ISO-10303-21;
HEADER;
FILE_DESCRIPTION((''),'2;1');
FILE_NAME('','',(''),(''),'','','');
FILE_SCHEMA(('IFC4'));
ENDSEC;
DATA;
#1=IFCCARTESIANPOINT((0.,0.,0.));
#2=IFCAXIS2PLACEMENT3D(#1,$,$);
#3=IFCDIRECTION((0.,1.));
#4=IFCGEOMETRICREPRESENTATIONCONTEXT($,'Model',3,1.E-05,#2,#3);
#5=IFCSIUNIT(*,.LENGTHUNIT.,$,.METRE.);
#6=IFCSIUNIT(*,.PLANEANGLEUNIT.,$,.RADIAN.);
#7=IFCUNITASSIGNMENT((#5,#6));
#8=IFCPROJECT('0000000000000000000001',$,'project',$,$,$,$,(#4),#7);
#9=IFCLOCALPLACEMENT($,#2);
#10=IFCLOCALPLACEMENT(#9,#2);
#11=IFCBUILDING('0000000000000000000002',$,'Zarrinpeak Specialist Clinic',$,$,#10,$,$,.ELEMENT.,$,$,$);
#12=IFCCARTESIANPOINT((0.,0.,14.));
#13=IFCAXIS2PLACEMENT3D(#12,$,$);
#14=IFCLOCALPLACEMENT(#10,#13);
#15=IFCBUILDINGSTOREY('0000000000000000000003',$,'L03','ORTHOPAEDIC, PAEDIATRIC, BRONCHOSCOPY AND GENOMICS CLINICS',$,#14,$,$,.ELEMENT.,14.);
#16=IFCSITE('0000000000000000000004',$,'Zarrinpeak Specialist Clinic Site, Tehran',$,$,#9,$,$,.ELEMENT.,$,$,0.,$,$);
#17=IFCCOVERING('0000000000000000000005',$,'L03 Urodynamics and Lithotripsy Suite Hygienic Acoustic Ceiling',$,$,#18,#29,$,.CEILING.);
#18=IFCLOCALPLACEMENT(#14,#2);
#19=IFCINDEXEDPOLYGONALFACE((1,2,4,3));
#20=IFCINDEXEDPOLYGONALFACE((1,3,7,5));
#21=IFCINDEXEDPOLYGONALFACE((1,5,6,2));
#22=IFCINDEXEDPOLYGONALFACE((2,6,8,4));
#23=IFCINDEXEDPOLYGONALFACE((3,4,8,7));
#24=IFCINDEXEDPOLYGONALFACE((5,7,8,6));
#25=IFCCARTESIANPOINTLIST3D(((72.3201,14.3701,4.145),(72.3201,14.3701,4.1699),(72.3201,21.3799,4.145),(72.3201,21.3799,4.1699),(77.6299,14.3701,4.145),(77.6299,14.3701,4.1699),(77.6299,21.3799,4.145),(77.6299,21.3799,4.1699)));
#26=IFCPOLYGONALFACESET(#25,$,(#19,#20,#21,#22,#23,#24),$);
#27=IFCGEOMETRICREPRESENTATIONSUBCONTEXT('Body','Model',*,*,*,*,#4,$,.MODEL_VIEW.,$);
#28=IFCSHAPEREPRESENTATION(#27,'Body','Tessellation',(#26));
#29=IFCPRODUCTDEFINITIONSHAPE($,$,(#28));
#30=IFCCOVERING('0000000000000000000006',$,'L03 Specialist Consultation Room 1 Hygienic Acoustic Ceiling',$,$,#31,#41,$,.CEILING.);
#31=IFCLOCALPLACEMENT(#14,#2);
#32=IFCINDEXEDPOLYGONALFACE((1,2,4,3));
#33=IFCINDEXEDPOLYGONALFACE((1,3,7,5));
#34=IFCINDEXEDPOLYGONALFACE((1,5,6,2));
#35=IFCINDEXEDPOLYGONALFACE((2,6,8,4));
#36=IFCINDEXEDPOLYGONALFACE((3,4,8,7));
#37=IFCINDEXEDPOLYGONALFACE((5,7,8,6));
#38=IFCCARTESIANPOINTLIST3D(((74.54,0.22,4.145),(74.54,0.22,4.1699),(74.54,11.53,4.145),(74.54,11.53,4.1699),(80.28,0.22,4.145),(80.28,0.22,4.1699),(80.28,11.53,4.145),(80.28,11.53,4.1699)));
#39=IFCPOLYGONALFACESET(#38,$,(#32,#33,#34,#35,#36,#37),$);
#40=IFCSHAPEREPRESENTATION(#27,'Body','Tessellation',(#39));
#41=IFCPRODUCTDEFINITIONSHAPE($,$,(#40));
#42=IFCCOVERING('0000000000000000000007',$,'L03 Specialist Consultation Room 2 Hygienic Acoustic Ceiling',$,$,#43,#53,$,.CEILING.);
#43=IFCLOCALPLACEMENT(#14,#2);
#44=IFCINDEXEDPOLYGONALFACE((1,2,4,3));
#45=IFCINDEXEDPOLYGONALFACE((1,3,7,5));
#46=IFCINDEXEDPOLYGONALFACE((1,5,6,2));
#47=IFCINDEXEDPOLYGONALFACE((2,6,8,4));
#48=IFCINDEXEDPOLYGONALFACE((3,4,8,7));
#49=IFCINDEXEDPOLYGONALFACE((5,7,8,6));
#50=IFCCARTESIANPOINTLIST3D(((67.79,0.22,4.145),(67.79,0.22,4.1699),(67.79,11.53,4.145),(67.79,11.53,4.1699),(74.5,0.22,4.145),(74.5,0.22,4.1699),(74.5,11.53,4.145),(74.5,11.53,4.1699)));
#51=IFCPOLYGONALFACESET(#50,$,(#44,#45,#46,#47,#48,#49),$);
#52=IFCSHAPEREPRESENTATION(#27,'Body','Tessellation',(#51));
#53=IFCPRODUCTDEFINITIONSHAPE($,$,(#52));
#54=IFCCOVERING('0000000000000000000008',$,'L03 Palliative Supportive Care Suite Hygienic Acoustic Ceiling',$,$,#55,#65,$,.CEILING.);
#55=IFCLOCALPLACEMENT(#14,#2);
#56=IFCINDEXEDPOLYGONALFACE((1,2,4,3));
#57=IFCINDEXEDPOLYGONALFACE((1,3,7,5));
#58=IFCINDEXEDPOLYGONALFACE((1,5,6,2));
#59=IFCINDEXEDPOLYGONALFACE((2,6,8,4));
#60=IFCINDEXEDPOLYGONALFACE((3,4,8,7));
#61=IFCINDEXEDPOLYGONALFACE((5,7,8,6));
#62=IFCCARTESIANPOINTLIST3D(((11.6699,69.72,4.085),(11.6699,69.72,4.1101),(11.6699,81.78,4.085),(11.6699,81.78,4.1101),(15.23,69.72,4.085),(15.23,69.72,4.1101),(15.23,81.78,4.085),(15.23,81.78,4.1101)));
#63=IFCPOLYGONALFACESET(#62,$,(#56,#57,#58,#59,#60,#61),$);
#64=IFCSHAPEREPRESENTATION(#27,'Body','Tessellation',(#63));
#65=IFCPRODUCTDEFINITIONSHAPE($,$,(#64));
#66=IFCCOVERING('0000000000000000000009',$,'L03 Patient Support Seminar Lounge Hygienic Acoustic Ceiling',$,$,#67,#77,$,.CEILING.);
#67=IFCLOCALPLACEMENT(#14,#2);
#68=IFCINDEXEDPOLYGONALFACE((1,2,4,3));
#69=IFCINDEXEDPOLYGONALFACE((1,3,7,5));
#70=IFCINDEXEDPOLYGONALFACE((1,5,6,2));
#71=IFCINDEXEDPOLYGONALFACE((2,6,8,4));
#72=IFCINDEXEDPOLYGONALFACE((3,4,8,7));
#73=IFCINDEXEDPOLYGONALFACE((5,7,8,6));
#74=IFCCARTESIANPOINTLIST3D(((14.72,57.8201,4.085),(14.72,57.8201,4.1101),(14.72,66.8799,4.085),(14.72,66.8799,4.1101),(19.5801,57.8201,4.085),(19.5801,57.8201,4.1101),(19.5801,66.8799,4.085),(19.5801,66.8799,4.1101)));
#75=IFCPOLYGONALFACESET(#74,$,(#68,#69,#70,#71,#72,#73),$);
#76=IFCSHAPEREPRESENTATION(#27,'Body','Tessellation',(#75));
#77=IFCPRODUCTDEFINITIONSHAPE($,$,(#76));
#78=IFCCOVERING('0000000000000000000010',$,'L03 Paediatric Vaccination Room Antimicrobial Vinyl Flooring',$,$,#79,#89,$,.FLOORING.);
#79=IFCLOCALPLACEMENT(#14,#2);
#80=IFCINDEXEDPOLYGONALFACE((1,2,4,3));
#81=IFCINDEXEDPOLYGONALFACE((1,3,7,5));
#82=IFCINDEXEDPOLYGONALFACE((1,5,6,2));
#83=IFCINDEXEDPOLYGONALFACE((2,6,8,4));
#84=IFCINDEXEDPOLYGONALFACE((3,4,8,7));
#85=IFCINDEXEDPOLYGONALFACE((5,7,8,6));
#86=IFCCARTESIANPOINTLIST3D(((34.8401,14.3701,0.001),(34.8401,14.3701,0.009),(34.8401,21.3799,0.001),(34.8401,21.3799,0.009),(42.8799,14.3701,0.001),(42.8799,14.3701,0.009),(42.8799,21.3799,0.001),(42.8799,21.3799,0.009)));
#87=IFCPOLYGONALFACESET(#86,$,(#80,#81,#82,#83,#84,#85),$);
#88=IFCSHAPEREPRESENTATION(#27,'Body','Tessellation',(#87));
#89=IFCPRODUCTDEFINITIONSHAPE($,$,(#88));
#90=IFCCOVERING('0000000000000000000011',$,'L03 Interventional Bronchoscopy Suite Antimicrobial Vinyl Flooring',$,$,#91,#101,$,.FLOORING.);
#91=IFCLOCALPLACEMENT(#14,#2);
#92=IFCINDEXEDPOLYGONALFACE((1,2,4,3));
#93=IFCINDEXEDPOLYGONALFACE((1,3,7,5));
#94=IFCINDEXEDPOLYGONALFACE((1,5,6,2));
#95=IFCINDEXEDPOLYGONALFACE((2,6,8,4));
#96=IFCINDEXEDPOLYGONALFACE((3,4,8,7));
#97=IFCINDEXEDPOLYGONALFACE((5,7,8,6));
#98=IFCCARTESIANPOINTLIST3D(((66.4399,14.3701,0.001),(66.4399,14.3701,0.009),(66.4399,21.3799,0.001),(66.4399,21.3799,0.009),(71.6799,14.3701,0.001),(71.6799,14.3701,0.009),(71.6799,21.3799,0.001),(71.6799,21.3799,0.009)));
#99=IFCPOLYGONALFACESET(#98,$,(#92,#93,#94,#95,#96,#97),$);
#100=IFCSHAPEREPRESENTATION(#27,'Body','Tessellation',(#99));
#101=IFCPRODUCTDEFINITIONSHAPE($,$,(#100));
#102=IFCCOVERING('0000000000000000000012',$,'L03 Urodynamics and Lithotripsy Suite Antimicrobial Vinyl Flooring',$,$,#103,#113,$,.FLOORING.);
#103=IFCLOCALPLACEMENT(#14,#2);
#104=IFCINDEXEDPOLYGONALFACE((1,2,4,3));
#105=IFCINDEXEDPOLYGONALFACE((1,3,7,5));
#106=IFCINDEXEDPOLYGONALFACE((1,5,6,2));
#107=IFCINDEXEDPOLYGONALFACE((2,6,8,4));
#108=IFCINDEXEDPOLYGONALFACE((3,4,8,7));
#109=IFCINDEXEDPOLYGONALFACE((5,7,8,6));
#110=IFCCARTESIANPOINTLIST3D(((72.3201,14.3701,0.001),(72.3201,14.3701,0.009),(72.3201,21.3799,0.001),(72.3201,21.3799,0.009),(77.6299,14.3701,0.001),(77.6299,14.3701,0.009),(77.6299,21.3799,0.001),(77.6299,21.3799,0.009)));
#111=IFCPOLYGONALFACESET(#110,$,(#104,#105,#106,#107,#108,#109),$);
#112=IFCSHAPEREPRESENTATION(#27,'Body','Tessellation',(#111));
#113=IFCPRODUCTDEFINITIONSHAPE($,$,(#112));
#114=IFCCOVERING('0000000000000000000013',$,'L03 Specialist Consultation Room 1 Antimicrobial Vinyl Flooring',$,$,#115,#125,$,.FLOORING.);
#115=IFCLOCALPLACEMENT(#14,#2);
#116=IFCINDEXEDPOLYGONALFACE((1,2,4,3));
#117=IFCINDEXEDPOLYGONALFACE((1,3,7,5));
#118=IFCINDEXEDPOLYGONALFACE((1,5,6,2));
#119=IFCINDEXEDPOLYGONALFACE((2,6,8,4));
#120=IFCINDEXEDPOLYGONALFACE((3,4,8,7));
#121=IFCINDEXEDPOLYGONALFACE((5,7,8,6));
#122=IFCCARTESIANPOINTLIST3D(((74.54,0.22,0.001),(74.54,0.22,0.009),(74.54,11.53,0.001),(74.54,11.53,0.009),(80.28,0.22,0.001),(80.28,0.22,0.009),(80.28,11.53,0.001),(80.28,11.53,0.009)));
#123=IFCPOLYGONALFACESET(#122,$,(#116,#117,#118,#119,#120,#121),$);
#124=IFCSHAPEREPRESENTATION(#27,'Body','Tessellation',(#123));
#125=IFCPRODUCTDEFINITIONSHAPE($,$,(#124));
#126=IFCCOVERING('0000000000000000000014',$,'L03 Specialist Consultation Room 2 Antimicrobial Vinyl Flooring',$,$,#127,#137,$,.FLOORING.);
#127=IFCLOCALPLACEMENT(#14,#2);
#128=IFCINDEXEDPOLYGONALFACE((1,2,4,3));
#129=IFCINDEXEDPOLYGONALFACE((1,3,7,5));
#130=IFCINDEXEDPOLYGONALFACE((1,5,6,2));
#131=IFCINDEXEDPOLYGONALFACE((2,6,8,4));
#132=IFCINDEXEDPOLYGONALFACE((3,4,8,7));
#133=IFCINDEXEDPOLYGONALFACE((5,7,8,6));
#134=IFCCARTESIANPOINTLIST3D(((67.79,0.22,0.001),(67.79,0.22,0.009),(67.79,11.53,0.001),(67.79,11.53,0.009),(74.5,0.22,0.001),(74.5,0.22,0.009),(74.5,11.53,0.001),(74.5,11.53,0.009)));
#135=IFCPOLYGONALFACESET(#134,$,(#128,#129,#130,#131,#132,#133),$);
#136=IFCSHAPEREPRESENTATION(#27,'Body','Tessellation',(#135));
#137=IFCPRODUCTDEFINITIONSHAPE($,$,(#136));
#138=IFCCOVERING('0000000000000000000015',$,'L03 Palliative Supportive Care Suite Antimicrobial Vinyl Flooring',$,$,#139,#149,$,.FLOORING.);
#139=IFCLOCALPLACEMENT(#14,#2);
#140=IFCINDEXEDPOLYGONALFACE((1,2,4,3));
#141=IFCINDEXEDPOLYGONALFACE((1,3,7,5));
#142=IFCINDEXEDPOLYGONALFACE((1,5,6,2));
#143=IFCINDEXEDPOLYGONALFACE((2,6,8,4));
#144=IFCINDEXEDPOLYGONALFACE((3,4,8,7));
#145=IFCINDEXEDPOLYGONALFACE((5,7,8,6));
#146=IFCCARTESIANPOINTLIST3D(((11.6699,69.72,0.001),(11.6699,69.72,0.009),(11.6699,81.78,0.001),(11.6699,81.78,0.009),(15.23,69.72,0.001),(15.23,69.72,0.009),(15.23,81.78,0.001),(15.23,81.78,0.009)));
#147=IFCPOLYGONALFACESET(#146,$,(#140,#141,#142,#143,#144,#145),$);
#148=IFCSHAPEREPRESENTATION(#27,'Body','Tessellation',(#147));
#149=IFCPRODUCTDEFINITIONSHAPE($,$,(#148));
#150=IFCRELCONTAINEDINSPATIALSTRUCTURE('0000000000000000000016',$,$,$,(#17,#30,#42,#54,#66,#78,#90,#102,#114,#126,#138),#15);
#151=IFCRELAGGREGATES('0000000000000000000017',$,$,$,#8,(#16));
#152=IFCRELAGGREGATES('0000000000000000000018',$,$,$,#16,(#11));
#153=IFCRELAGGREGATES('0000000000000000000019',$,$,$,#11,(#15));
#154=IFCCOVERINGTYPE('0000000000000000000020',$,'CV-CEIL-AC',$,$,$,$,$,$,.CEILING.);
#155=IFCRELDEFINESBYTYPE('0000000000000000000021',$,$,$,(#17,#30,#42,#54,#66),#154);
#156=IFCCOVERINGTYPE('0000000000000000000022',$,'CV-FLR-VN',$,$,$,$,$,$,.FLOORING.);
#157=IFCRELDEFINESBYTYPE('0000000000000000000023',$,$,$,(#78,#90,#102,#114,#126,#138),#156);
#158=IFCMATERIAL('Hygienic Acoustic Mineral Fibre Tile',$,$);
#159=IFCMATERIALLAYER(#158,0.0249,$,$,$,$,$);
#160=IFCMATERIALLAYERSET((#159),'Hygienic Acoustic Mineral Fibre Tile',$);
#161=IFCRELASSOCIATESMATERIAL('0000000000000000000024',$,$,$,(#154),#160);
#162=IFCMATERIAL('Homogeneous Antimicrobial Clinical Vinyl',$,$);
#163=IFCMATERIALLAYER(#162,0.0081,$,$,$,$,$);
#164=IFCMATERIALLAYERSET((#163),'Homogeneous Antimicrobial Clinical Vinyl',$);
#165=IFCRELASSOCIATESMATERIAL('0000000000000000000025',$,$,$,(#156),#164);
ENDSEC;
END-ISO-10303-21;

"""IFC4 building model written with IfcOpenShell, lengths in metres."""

from ifc_helpers import new_model, si_unit, direction, frame, origin, place, context, subcontext, project, spatial, polyline, outline, extrude, material, layer, layer_set, type_object, element, save


model = new_model("IFC4")

# Units and contexts
model_context = context("Model", 3, precision=1e-05, world=origin(), true_north=direction((0.0, 1.0)))
body_context = subcontext(model_context, "Body", "Model", "MODEL_VIEW")
ifc_project = project(units=[si_unit("LENGTHUNIT", "METRE"), si_unit("PLANEANGLEUNIT", "RADIAN")], contexts=[model_context])

# Site, building, storey
site_placement = place(None, origin())
site = spatial("IfcSite", under=ifc_project, at=site_placement, Name="Zarrinpeak Specialist Clinic Site, Tehran", CompositionType="ELEMENT", RefElevation=0.0)
building_placement = place(site_placement, origin())
building = spatial("IfcBuilding", under=site, at=building_placement, Name="Zarrinpeak Specialist Clinic", CompositionType="ELEMENT")
storey_placement = place(building_placement, frame((0.0, 0.0, 14.0)))
storey = spatial("IfcBuildingStorey", under=building, at=storey_placement, Name="L03", Description="ORTHOPAEDIC, PAEDIATRIC, BRONCHOSCOPY AND GENOMICS CLINICS", CompositionType="ELEMENT", Elevation=14.0)

# Coverings
ifc_material_1 = material(Name="Hygienic Acoustic Mineral Fibre Tile")
ifc_layer_1 = layer(ifc_material_1, 0.0249)
ifc_layer_set_1 = layer_set([ifc_layer_1], Name="Hygienic Acoustic Mineral Fibre Tile")
covering_type_1 = type_object("IfcCoveringType", Name="CV-CEIL-AC", PredefinedType="CEILING", material=ifc_layer_set_1)
covering_1_placement = place(storey_placement, frame((0.0, 0.0, 4.145)))
element("IfcCovering", 1, at=covering_1_placement, inside=storey, type_object=covering_type_1, Name="L03 Urodynamics and Lithotripsy Suite Hygienic Acoustic Ceiling", PredefinedType="CEILING", context=body_context, shape_type="SweptSolid", body=[
    extrude(outline(polyline([(72.3201, 14.3701), (77.6299, 14.3701), (77.6299, 21.3799), (72.3201, 21.3799), (72.3201, 14.3701)])), origin(), (0.0, 0.0, 1.0), 0.0249),
])
covering_2_placement = place(storey_placement, frame((0.0, 0.0, 4.145)))
element("IfcCovering", 2, at=covering_2_placement, inside=storey, type_object=covering_type_1, Name="L03 Specialist Consultation Room 1 Hygienic Acoustic Ceiling", PredefinedType="CEILING", context=body_context, shape_type="SweptSolid", body=[
    extrude(outline(polyline([(74.54, 0.22), (80.28, 0.22), (80.28, 11.53), (74.54, 11.53), (74.54, 0.22)])), origin(), (0.0, 0.0, 1.0), 0.0249),
])
covering_3_placement = place(storey_placement, frame((0.0, 0.0, 4.145)))
element("IfcCovering", 3, at=covering_3_placement, inside=storey, type_object=covering_type_1, Name="L03 Specialist Consultation Room 2 Hygienic Acoustic Ceiling", PredefinedType="CEILING", context=body_context, shape_type="SweptSolid", body=[
    extrude(outline(polyline([(67.79, 0.22), (74.5, 0.22), (74.5, 11.53), (67.79, 11.53), (67.79, 0.22)])), origin(), (0.0, 0.0, 1.0), 0.0249),
])
covering_4_placement = place(storey_placement, frame((0.0, 0.0, 4.085)))
element("IfcCovering", 4, at=covering_4_placement, inside=storey, type_object=covering_type_1, Name="L03 Palliative Supportive Care Suite Hygienic Acoustic Ceiling", PredefinedType="CEILING", context=body_context, shape_type="SweptSolid", body=[
    extrude(outline(polyline([(11.6699, 69.72), (15.23, 69.72), (15.23, 81.78), (11.6699, 81.78), (11.6699, 69.72)])), origin(), (0.0, 0.0, 1.0), 0.0251),
])
covering_5_placement = place(storey_placement, frame((0.0, 0.0, 4.085)))
element("IfcCovering", 5, at=covering_5_placement, inside=storey, type_object=covering_type_1, Name="L03 Patient Support Seminar Lounge Hygienic Acoustic Ceiling", PredefinedType="CEILING", context=body_context, shape_type="SweptSolid", body=[
    extrude(outline(polyline([(14.72, 57.8201), (19.5801, 57.8201), (19.5801, 66.8799), (14.72, 66.8799), (14.72, 57.8201)])), origin(), (0.0, 0.0, 1.0), 0.0251),
])
ifc_material_2 = material(Name="Homogeneous Antimicrobial Clinical Vinyl")
ifc_layer_2 = layer(ifc_material_2, 0.0081)
ifc_layer_set_2 = layer_set([ifc_layer_2], Name="Homogeneous Antimicrobial Clinical Vinyl")
covering_type_2 = type_object("IfcCoveringType", Name="CV-FLR-VN", PredefinedType="FLOORING", material=ifc_layer_set_2)
covering_6_placement = place(storey_placement, frame((0.0, 0.0, 0.001)))
element("IfcCovering", 6, at=covering_6_placement, inside=storey, type_object=covering_type_2, Name="L03 Paediatric Vaccination Room Antimicrobial Vinyl Flooring", PredefinedType="FLOORING", context=body_context, shape_type="SweptSolid", body=[
    extrude(outline(polyline([(34.8401, 14.3701), (42.8799, 14.3701), (42.8799, 21.3799), (34.8401, 21.3799), (34.8401, 14.3701)])), origin(), (0.0, 0.0, 1.0), 0.0081),
])
covering_7_placement = place(storey_placement, frame((0.0, 0.0, 0.001)))
element("IfcCovering", 7, at=covering_7_placement, inside=storey, type_object=covering_type_2, Name="L03 Interventional Bronchoscopy Suite Antimicrobial Vinyl Flooring", PredefinedType="FLOORING", context=body_context, shape_type="SweptSolid", body=[
    extrude(outline(polyline([(66.4399, 14.3701), (71.6799, 14.3701), (71.6799, 21.3799), (66.4399, 21.3799), (66.4399, 14.3701)])), origin(), (0.0, 0.0, 1.0), 0.0081),
])
covering_8_placement = place(storey_placement, frame((0.0, 0.0, 0.001)))
element("IfcCovering", 8, at=covering_8_placement, inside=storey, type_object=covering_type_2, Name="L03 Urodynamics and Lithotripsy Suite Antimicrobial Vinyl Flooring", PredefinedType="FLOORING", context=body_context, shape_type="SweptSolid", body=[
    extrude(outline(polyline([(72.3201, 14.3701), (77.6299, 14.3701), (77.6299, 21.3799), (72.3201, 21.3799), (72.3201, 14.3701)])), origin(), (0.0, 0.0, 1.0), 0.0081),
])
covering_9_placement = place(storey_placement, frame((0.0, 0.0, 0.001)))
element("IfcCovering", 9, at=covering_9_placement, inside=storey, type_object=covering_type_2, Name="L03 Specialist Consultation Room 1 Antimicrobial Vinyl Flooring", PredefinedType="FLOORING", context=body_context, shape_type="SweptSolid", body=[
    extrude(outline(polyline([(74.54, 0.22), (80.28, 0.22), (80.28, 11.53), (74.54, 11.53), (74.54, 0.22)])), origin(), (0.0, 0.0, 1.0), 0.0081),
])
covering_10_placement = place(storey_placement, frame((0.0, 0.0, 0.001)))
element("IfcCovering", 10, at=covering_10_placement, inside=storey, type_object=covering_type_2, Name="L03 Specialist Consultation Room 2 Antimicrobial Vinyl Flooring", PredefinedType="FLOORING", context=body_context, shape_type="SweptSolid", body=[
    extrude(outline(polyline([(67.79, 0.22), (74.5, 0.22), (74.5, 11.53), (67.79, 11.53), (67.79, 0.22)])), origin(), (0.0, 0.0, 1.0), 0.0081),
])
covering_11_placement = place(storey_placement, frame((0.0, 0.0, 0.001)))
element("IfcCovering", 11, at=covering_11_placement, inside=storey, type_object=covering_type_2, Name="L03 Palliative Supportive Care Suite Antimicrobial Vinyl Flooring", PredefinedType="FLOORING", context=body_context, shape_type="SweptSolid", body=[
    extrude(outline(polyline([(11.6699, 69.72), (15.23, 69.72), (15.23, 81.78), (11.6699, 81.78), (11.6699, 69.72)])), origin(), (0.0, 0.0, 1.0), 0.0081),
])

save(model, "model.ifc")
